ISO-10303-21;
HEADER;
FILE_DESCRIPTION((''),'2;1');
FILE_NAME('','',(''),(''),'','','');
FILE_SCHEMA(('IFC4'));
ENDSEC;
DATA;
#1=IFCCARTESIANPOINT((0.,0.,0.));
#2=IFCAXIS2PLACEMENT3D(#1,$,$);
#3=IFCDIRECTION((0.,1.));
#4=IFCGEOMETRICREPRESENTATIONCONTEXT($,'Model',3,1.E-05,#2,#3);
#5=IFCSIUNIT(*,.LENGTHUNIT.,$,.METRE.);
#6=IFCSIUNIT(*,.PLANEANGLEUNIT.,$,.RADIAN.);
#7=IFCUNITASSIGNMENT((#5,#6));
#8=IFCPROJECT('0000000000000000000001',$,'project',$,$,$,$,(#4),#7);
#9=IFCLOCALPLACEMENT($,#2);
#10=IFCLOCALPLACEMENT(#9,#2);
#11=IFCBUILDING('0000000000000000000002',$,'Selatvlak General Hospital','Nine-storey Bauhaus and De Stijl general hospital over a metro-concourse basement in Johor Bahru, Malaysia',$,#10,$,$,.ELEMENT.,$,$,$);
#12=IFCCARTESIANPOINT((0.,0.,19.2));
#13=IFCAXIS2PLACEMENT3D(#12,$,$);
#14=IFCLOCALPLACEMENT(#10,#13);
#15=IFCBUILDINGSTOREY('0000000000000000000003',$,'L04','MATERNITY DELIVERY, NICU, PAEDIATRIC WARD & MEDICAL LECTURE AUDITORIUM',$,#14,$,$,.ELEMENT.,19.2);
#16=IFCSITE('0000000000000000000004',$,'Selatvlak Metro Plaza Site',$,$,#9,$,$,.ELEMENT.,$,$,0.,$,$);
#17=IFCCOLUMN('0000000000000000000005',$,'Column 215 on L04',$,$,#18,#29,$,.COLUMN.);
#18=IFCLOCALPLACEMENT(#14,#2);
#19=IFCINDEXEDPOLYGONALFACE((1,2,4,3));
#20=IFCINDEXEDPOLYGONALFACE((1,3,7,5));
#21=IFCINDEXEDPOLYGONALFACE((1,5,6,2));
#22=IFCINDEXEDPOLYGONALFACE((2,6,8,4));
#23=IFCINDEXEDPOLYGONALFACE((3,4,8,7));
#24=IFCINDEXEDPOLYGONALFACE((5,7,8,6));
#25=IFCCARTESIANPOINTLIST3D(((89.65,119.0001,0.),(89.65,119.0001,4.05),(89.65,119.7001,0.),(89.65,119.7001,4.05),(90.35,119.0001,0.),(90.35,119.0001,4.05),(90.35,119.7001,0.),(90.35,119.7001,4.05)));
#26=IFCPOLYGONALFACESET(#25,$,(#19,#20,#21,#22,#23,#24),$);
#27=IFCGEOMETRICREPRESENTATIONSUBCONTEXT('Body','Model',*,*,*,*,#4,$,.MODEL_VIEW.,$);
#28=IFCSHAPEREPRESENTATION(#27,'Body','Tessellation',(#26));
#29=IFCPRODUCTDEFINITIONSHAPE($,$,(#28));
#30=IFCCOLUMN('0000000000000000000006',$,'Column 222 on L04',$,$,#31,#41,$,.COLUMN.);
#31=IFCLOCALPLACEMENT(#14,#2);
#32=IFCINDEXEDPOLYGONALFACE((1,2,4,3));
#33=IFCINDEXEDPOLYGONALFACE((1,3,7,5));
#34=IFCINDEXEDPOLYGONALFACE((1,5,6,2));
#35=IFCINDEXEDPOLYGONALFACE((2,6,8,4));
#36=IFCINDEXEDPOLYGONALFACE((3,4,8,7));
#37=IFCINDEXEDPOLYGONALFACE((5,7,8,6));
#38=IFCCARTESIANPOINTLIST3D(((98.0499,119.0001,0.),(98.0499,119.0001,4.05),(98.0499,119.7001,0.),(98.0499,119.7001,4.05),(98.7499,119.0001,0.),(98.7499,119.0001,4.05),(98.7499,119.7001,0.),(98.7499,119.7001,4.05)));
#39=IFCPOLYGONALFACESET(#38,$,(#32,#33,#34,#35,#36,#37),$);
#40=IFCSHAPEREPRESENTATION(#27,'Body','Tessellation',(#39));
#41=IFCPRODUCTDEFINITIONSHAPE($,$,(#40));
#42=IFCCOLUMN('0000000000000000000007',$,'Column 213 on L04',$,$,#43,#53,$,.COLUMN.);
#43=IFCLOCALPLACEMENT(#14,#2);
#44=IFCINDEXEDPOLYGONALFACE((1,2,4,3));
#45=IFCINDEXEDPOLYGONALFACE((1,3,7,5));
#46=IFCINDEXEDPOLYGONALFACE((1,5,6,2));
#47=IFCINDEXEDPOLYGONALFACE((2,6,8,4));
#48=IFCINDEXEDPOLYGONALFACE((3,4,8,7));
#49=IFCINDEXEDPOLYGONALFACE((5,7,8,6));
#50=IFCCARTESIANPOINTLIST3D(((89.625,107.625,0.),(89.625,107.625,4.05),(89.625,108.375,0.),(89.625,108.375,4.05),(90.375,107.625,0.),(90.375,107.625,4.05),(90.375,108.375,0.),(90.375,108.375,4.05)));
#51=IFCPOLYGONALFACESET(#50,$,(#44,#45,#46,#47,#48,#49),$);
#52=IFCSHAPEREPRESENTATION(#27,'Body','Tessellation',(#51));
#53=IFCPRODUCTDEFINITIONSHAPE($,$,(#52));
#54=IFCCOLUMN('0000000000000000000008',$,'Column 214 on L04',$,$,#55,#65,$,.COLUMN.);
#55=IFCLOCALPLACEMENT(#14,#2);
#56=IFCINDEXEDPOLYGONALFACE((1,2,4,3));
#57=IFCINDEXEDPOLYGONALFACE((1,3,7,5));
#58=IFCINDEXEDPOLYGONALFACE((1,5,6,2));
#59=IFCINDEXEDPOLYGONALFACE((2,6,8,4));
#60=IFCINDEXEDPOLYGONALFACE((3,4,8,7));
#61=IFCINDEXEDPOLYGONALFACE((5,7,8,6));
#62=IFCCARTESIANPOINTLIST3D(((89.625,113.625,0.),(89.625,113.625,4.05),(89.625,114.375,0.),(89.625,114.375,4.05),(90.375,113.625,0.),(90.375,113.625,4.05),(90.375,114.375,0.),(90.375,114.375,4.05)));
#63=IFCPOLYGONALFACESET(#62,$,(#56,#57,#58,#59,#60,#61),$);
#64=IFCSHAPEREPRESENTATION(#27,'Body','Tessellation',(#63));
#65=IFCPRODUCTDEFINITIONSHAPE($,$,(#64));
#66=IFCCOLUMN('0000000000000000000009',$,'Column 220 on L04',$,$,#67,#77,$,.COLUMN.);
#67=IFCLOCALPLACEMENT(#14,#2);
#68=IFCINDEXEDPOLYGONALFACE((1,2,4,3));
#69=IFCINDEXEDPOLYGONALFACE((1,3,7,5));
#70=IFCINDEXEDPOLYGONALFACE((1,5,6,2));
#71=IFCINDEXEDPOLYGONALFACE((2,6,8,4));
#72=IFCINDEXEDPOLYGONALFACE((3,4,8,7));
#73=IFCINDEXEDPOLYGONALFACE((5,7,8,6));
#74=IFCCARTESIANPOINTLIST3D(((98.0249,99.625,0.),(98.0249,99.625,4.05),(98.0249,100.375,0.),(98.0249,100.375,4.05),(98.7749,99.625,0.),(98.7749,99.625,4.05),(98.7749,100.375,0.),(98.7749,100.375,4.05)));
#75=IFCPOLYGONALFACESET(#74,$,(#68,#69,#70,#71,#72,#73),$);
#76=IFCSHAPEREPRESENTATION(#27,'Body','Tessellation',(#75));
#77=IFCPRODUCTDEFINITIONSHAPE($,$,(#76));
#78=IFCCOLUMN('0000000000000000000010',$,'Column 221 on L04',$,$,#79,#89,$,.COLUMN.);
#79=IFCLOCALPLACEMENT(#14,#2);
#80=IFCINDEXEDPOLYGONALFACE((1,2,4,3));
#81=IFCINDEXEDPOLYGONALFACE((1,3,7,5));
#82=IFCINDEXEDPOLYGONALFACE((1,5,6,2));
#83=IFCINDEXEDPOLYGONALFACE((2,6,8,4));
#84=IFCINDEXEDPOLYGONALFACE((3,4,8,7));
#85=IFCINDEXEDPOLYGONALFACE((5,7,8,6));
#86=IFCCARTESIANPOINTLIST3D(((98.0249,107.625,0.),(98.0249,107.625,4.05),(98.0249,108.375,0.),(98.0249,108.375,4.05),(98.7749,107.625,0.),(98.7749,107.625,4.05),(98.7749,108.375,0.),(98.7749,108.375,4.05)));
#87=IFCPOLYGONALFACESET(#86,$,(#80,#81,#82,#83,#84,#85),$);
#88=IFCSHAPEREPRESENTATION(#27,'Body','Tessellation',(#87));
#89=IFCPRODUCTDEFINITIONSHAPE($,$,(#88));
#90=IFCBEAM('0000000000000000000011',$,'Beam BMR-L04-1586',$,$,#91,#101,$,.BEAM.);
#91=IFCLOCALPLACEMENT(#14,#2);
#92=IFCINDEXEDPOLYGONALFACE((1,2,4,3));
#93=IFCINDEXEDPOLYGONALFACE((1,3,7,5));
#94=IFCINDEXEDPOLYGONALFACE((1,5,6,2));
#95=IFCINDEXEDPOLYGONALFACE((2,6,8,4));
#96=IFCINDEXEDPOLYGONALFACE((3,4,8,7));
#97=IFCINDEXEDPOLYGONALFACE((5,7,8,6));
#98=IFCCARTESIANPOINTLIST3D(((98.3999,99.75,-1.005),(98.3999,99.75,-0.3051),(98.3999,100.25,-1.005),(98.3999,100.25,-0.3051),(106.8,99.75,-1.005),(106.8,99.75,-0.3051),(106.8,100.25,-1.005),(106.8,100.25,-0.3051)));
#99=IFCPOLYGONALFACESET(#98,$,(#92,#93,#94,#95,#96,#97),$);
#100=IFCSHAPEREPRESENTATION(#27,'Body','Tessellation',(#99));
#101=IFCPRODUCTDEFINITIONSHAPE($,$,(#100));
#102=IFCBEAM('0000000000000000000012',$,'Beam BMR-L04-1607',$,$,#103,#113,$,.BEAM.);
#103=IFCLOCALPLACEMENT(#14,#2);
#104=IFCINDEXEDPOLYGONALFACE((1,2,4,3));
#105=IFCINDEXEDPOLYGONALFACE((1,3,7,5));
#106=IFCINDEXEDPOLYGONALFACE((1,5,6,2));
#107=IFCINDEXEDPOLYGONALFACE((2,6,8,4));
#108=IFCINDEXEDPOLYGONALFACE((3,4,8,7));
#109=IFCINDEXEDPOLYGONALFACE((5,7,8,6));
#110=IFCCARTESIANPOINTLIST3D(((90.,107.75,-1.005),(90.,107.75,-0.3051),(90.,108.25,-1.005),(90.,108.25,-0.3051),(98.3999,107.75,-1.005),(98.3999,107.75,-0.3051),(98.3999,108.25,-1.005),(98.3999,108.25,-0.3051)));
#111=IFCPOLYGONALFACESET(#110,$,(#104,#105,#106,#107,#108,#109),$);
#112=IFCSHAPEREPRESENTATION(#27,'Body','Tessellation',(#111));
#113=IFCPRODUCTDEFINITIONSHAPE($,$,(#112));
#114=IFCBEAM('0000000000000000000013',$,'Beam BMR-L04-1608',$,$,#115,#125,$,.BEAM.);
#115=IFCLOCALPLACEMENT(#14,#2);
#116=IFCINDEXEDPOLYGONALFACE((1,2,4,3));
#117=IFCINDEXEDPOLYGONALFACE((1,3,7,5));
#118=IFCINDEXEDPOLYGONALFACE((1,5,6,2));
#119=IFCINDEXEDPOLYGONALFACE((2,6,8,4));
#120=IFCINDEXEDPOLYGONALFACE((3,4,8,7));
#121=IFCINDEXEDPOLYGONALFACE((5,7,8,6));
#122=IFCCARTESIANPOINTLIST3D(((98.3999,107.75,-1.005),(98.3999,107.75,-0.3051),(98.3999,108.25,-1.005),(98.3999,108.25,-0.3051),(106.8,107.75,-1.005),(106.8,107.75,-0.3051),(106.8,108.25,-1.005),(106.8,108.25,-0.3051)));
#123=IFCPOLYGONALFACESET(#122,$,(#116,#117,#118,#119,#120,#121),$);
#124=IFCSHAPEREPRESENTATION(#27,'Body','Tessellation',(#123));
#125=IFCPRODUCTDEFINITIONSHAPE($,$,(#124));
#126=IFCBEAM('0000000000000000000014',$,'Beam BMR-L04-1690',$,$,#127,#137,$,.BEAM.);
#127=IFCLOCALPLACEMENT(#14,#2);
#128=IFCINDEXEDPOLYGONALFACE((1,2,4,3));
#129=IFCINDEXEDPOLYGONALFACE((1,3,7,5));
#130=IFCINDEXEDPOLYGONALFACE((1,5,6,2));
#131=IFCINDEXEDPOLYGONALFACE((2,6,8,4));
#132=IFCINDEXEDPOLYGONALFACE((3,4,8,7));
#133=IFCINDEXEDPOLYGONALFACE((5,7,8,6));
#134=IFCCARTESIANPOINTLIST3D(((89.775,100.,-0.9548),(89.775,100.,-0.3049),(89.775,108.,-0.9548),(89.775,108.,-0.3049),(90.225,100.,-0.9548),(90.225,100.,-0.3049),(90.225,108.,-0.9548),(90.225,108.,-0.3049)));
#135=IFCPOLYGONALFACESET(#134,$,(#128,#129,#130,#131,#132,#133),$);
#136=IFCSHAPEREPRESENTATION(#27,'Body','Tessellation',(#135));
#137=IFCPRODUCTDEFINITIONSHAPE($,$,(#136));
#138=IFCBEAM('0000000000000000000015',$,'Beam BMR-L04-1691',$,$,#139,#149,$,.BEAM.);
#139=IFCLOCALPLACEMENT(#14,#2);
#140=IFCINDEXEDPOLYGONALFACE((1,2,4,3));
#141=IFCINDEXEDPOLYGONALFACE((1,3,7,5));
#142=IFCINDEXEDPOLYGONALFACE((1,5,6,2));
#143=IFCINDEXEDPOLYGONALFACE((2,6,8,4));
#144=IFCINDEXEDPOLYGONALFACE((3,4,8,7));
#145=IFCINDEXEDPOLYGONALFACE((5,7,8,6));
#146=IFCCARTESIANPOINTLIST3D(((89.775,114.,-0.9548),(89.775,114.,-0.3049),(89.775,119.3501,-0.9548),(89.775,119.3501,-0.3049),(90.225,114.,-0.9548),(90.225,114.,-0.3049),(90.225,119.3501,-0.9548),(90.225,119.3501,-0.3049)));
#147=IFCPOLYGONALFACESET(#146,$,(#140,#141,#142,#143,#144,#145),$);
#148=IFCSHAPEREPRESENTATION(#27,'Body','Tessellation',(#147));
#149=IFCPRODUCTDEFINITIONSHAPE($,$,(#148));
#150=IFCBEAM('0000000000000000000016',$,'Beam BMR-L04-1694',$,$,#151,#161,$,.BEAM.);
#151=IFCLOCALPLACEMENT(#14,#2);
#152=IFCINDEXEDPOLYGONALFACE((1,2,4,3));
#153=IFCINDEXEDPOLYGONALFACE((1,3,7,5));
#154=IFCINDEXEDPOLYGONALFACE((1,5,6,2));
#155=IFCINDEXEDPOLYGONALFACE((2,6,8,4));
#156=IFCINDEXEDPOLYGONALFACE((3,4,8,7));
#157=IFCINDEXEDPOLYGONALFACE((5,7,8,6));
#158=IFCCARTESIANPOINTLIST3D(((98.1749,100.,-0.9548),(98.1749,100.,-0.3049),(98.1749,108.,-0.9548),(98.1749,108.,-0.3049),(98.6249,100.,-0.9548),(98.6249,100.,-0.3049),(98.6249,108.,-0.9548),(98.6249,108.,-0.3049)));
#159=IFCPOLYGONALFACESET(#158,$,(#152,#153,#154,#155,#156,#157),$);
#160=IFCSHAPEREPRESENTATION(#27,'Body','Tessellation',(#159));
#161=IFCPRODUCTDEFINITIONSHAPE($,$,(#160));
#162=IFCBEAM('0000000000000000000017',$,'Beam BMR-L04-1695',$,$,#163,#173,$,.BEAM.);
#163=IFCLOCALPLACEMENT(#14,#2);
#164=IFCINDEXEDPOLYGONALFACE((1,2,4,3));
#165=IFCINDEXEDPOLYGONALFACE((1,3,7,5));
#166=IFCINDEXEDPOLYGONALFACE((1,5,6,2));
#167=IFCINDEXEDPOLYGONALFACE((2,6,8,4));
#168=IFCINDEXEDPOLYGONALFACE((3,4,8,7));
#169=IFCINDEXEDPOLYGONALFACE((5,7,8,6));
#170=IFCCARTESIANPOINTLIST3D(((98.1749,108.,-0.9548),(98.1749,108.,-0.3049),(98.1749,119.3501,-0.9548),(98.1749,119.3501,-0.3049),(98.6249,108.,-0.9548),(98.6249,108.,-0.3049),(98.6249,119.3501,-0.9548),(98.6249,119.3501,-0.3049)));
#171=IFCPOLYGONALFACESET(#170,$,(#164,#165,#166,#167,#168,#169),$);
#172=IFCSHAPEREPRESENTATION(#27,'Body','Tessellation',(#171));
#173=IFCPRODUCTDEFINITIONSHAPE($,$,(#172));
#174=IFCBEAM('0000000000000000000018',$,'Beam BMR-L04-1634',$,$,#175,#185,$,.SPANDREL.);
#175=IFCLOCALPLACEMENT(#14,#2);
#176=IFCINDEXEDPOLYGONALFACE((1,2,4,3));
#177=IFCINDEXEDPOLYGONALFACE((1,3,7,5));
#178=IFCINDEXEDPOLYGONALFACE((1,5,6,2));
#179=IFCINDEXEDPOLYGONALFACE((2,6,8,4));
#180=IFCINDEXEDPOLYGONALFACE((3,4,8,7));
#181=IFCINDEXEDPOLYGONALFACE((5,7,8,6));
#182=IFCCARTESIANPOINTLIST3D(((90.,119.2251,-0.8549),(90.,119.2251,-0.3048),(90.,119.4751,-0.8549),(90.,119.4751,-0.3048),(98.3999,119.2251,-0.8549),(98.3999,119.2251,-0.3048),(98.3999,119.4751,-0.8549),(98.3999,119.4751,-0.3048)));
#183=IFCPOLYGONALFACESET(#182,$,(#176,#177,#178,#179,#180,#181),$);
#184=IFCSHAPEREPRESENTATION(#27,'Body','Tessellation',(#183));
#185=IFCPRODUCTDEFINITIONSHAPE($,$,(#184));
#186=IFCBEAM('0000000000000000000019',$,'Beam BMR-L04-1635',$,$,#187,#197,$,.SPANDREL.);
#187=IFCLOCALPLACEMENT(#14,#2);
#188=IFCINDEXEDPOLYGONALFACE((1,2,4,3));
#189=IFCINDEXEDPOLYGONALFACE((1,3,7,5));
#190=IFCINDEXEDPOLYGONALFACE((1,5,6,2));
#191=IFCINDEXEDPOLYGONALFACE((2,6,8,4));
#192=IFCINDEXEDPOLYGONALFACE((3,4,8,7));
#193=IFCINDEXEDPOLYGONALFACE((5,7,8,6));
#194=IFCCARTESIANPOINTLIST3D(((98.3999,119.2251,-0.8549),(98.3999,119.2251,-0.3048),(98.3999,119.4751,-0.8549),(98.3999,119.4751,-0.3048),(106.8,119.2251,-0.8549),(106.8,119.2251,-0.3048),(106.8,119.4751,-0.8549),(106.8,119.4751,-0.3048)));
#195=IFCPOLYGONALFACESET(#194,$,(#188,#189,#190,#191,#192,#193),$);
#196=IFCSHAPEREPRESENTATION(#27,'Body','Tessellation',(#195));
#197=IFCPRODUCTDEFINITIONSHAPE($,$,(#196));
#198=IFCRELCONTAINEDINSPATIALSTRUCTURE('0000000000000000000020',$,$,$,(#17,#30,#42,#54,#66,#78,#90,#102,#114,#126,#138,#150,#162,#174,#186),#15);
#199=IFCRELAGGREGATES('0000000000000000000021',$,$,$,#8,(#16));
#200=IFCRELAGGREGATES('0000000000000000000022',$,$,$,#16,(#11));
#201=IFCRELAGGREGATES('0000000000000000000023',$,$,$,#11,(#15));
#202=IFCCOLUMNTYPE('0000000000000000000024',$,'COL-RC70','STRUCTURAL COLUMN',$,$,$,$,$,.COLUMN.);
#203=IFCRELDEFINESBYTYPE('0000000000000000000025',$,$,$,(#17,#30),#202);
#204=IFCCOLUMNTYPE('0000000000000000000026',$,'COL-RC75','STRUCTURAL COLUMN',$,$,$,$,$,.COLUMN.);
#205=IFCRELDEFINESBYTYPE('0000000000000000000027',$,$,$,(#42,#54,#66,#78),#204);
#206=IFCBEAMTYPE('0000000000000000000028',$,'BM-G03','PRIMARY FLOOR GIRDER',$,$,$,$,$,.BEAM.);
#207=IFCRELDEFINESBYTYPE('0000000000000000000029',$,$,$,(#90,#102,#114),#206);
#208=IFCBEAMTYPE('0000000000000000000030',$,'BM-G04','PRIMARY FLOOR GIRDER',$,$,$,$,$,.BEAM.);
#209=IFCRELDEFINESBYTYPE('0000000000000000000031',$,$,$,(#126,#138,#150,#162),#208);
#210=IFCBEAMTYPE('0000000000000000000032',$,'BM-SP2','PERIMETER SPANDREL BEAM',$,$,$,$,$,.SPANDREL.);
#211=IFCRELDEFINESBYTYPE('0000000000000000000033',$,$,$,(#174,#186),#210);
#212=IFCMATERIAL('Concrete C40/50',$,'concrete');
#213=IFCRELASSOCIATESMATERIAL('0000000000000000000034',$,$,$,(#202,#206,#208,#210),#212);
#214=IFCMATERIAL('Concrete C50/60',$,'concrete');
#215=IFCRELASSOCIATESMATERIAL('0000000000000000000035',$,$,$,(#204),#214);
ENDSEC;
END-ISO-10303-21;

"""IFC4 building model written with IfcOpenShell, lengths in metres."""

from ifc_helpers import new_model, si_unit, direction, frame, origin, origin_2d, place, context, subcontext, project, spatial, rectangle, extrude, material, material_profile, profile_set, type_object, element, save


model = new_model("IFC4")

# Units and contexts
model_context = context("Model", 3, precision=1e-05, world=origin(), true_north=direction((0.0, 1.0)))
body_context = subcontext(model_context, "Body", "Model", "MODEL_VIEW")
ifc_project = project(units=[si_unit("LENGTHUNIT", "METRE"), si_unit("PLANEANGLEUNIT", "RADIAN")], contexts=[model_context])

# Site, building, storey
site_placement = place(None, origin())
site = spatial("IfcSite", under=ifc_project, at=site_placement, Name="Selatvlak Metro Plaza Site", CompositionType="ELEMENT", RefElevation=0.0)
building_placement = place(site_placement, origin())
building = spatial("IfcBuilding", under=site, at=building_placement, Name="Selatvlak General Hospital", Description="Nine-storey Bauhaus and De Stijl general hospital over a metro-concourse basement in Johor Bahru, Malaysia", CompositionType="ELEMENT")
storey_placement = place(building_placement, frame((0.0, 0.0, 19.2)))
storey = spatial("IfcBuildingStorey", under=building, at=storey_placement, Name="L04", Description="MATERNITY DELIVERY, NICU, PAEDIATRIC WARD & MEDICAL LECTURE AUDITORIUM", CompositionType="ELEMENT", Elevation=19.2)

# Columns
ifc_material_1 = material(Name="Concrete C40/50", Category="concrete")
ifc_material_profile_1 = material_profile(ifc_material_1, rectangle(XDim=0.7, YDim=0.7, at=origin_2d()), Name="RC-COL 700x700")
ifc_profile_set_1 = profile_set([ifc_material_profile_1], Name="Concrete C40/50")
column_type_1 = type_object("IfcColumnType", Name="COL-RC70", Description="STRUCTURAL COLUMN", PredefinedType="COLUMN", material=ifc_profile_set_1)
for number, where, z_axis, x_axis, name in (
    (1, (90.0, 119.3501, 0.0), (0.0, 0.0, 1.0), (1.0, 0.0, 0.0), "Column 215 on L04"),
    (2, (98.3999, 119.3501, 0.0), (0.0, 0.0, 1.0), (1.0, 0.0, 0.0), "Column 222 on L04"),
):
    element("IfcColumn", number, at=place(storey_placement, frame(where, z_axis=z_axis, x_axis=x_axis)), inside=storey, type_object=column_type_1, Name=name, PredefinedType="COLUMN", context=body_context, shape_type="SweptSolid", body=[
        extrude(rectangle(XDim=0.7, YDim=0.7, at=origin_2d()), origin(), (0.0, 0.0, 1.0), 4.05),
    ])
ifc_material_2 = material(Name="Concrete C50/60", Category="concrete")
ifc_material_profile_2 = material_profile(ifc_material_2, rectangle(XDim=0.75, YDim=0.75, at=origin_2d()), Name="RC-COL 750x750")
ifc_profile_set_2 = profile_set([ifc_material_profile_2], Name="Concrete C50/60")
column_type_2 = type_object("IfcColumnType", Name="COL-RC75", Description="STRUCTURAL COLUMN", PredefinedType="COLUMN", material=ifc_profile_set_2)
for number, where, z_axis, x_axis, name in (
    (3, (90.0, 108.0, 0.0), (0.0, 0.0, 1.0), (1.0, 0.0, 0.0), "Column 213 on L04"),
    (4, (90.0, 114.0, 0.0), (0.0, 0.0, 1.0), (1.0, 0.0, 0.0), "Column 214 on L04"),
    (5, (98.3999, 100.0, 0.0), (0.0, 0.0, 1.0), (1.0, 0.0, 0.0), "Column 220 on L04"),
    (6, (98.3999, 108.0, 0.0), (0.0, 0.0, 1.0), (1.0, 0.0, 0.0), "Column 221 on L04"),
):
    element("IfcColumn", number, at=place(storey_placement, frame(where, z_axis=z_axis, x_axis=x_axis)), inside=storey, type_object=column_type_2, Name=name, PredefinedType="COLUMN", context=body_context, shape_type="SweptSolid", body=[
        extrude(rectangle(XDim=0.75, YDim=0.75, at=origin_2d()), origin(), (0.0, 0.0, 1.0), 4.05),
    ])

# Beams
ifc_material_profile_3 = material_profile(ifc_material_1, rectangle(XDim=0.5, YDim=0.7, at=origin_2d()), Name="RC-BM 500x700")
ifc_profile_set_3 = profile_set([ifc_material_profile_3], Name="Concrete C40/50")
beam_type_1 = type_object("IfcBeamType", Name="BM-G03", Description="PRIMARY FLOOR GIRDER", PredefinedType="BEAM", material=ifc_profile_set_3)
beam_1_placement = place(storey_placement, frame((98.3999, 100.0, -0.655), z_axis=(1.0, 0.0, 0.0), x_axis=(0.0, 1.0, 0.0)))
element("IfcBeam", 7, at=beam_1_placement, inside=storey, type_object=beam_type_1, Name="Beam BMR-L04-1586", PredefinedType="BEAM", context=body_context, shape_type="SweptSolid", body=[
    extrude(rectangle(XDim=0.5, YDim=0.7, at=origin_2d()), origin(), (0.0, 0.0, 1.0), 8.4001),
])
beam_2_placement = place(storey_placement, frame((90.0, 108.0, -0.655), z_axis=(1.0, 0.0, 0.0), x_axis=(0.0, 1.0, 0.0)))
element("IfcBeam", 8, at=beam_2_placement, inside=storey, type_object=beam_type_1, Name="Beam BMR-L04-1607", PredefinedType="BEAM", context=body_context, shape_type="SweptSolid", body=[
    extrude(rectangle(XDim=0.5, YDim=0.7, at=origin_2d()), origin(), (0.0, 0.0, 1.0), 8.3999),
])
beam_3_placement = place(storey_placement, frame((98.3999, 108.0, -0.655), z_axis=(1.0, 0.0, 0.0), x_axis=(0.0, 1.0, 0.0)))
element("IfcBeam", 9, at=beam_3_placement, inside=storey, type_object=beam_type_1, Name="Beam BMR-L04-1608", PredefinedType="BEAM", context=body_context, shape_type="SweptSolid", body=[
    extrude(rectangle(XDim=0.5, YDim=0.7, at=origin_2d()), origin(), (0.0, 0.0, 1.0), 8.4001),
])
ifc_material_profile_4 = material_profile(ifc_material_1, rectangle(XDim=0.45, YDim=0.6499, at=origin_2d()), Name="RC-BM 450x650")
ifc_profile_set_4 = profile_set([ifc_material_profile_4], Name="Concrete C40/50")
beam_type_2 = type_object("IfcBeamType", Name="BM-G04", Description="PRIMARY FLOOR GIRDER", PredefinedType="BEAM", material=ifc_profile_set_4)
beam_4_placement = place(storey_placement, frame((90.0, 100.0, -0.6299), z_axis=(0.0, 1.0, 0.0), x_axis=(-1.0, 0.0, 0.0)))
element("IfcBeam", 10, at=beam_4_placement, inside=storey, type_object=beam_type_2, Name="Beam BMR-L04-1690", PredefinedType="BEAM", context=body_context, shape_type="SweptSolid", body=[
    extrude(rectangle(XDim=0.45, YDim=0.6499, at=origin_2d()), origin(), (0.0, 0.0, 1.0), 8.0),
])
beam_5_placement = place(storey_placement, frame((90.0, 114.0, -0.6299), z_axis=(0.0, 1.0, 0.0), x_axis=(-1.0, 0.0, 0.0)))
element("IfcBeam", 11, at=beam_5_placement, inside=storey, type_object=beam_type_2, Name="Beam BMR-L04-1691", PredefinedType="BEAM", context=body_context, shape_type="SweptSolid", body=[
    extrude(rectangle(XDim=0.45, YDim=0.6499, at=origin_2d()), origin(), (0.0, 0.0, 1.0), 5.3501),
])
beam_6_placement = place(storey_placement, frame((98.3999, 100.0, -0.6299), z_axis=(0.0, 1.0, 0.0), x_axis=(-1.0, 0.0, 0.0)))
element("IfcBeam", 12, at=beam_6_placement, inside=storey, type_object=beam_type_2, Name="Beam BMR-L04-1694", PredefinedType="BEAM", context=body_context, shape_type="SweptSolid", body=[
    extrude(rectangle(XDim=0.45, YDim=0.6499, at=origin_2d()), origin(), (0.0, 0.0, 1.0), 8.0),
])
beam_7_placement = place(storey_placement, frame((98.3999, 108.0, -0.6299), z_axis=(0.0, 1.0, 0.0), x_axis=(-1.0, 0.0, 0.0)))
element("IfcBeam", 13, at=beam_7_placement, inside=storey, type_object=beam_type_2, Name="Beam BMR-L04-1695", PredefinedType="BEAM", context=body_context, shape_type="SweptSolid", body=[
    extrude(rectangle(XDim=0.45, YDim=0.6499, at=origin_2d()), origin(), (0.0, 0.0, 1.0), 11.3501),
])
ifc_material_profile_5 = material_profile(ifc_material_1, rectangle(XDim=0.25, YDim=0.55, at=origin_2d()), Name="RC-SP 250x550")
ifc_profile_set_5 = profile_set([ifc_material_profile_5], Name="Concrete C40/50")
beam_type_3 = type_object("IfcBeamType", Name="BM-SP2", Description="PERIMETER SPANDREL BEAM", PredefinedType="SPANDREL", material=ifc_profile_set_5)
beam_8_placement = place(storey_placement, frame((90.0, 119.3501, -0.5798), z_axis=(1.0, 0.0, 0.0), x_axis=(0.0, 1.0, 0.0)))
element("IfcBeam", 14, at=beam_8_placement, inside=storey, type_object=beam_type_3, Name="Beam BMR-L04-1634", PredefinedType="SPANDREL", context=body_context, shape_type="SweptSolid", body=[
    extrude(rectangle(XDim=0.25, YDim=0.55, at=origin_2d()), origin(), (0.0, 0.0, 1.0), 8.3999),
])
beam_9_placement = place(storey_placement, frame((98.3999, 119.3501, -0.5798), z_axis=(1.0, 0.0, 0.0), x_axis=(0.0, 1.0, 0.0)))
element("IfcBeam", 15, at=beam_9_placement, inside=storey, type_object=beam_type_3, Name="Beam BMR-L04-1635", PredefinedType="SPANDREL", context=body_context, shape_type="SweptSolid", body=[
    extrude(rectangle(XDim=0.25, YDim=0.55, at=origin_2d()), origin(), (0.0, 0.0, 1.0), 8.4001),
])

save(model, "model.ifc")
